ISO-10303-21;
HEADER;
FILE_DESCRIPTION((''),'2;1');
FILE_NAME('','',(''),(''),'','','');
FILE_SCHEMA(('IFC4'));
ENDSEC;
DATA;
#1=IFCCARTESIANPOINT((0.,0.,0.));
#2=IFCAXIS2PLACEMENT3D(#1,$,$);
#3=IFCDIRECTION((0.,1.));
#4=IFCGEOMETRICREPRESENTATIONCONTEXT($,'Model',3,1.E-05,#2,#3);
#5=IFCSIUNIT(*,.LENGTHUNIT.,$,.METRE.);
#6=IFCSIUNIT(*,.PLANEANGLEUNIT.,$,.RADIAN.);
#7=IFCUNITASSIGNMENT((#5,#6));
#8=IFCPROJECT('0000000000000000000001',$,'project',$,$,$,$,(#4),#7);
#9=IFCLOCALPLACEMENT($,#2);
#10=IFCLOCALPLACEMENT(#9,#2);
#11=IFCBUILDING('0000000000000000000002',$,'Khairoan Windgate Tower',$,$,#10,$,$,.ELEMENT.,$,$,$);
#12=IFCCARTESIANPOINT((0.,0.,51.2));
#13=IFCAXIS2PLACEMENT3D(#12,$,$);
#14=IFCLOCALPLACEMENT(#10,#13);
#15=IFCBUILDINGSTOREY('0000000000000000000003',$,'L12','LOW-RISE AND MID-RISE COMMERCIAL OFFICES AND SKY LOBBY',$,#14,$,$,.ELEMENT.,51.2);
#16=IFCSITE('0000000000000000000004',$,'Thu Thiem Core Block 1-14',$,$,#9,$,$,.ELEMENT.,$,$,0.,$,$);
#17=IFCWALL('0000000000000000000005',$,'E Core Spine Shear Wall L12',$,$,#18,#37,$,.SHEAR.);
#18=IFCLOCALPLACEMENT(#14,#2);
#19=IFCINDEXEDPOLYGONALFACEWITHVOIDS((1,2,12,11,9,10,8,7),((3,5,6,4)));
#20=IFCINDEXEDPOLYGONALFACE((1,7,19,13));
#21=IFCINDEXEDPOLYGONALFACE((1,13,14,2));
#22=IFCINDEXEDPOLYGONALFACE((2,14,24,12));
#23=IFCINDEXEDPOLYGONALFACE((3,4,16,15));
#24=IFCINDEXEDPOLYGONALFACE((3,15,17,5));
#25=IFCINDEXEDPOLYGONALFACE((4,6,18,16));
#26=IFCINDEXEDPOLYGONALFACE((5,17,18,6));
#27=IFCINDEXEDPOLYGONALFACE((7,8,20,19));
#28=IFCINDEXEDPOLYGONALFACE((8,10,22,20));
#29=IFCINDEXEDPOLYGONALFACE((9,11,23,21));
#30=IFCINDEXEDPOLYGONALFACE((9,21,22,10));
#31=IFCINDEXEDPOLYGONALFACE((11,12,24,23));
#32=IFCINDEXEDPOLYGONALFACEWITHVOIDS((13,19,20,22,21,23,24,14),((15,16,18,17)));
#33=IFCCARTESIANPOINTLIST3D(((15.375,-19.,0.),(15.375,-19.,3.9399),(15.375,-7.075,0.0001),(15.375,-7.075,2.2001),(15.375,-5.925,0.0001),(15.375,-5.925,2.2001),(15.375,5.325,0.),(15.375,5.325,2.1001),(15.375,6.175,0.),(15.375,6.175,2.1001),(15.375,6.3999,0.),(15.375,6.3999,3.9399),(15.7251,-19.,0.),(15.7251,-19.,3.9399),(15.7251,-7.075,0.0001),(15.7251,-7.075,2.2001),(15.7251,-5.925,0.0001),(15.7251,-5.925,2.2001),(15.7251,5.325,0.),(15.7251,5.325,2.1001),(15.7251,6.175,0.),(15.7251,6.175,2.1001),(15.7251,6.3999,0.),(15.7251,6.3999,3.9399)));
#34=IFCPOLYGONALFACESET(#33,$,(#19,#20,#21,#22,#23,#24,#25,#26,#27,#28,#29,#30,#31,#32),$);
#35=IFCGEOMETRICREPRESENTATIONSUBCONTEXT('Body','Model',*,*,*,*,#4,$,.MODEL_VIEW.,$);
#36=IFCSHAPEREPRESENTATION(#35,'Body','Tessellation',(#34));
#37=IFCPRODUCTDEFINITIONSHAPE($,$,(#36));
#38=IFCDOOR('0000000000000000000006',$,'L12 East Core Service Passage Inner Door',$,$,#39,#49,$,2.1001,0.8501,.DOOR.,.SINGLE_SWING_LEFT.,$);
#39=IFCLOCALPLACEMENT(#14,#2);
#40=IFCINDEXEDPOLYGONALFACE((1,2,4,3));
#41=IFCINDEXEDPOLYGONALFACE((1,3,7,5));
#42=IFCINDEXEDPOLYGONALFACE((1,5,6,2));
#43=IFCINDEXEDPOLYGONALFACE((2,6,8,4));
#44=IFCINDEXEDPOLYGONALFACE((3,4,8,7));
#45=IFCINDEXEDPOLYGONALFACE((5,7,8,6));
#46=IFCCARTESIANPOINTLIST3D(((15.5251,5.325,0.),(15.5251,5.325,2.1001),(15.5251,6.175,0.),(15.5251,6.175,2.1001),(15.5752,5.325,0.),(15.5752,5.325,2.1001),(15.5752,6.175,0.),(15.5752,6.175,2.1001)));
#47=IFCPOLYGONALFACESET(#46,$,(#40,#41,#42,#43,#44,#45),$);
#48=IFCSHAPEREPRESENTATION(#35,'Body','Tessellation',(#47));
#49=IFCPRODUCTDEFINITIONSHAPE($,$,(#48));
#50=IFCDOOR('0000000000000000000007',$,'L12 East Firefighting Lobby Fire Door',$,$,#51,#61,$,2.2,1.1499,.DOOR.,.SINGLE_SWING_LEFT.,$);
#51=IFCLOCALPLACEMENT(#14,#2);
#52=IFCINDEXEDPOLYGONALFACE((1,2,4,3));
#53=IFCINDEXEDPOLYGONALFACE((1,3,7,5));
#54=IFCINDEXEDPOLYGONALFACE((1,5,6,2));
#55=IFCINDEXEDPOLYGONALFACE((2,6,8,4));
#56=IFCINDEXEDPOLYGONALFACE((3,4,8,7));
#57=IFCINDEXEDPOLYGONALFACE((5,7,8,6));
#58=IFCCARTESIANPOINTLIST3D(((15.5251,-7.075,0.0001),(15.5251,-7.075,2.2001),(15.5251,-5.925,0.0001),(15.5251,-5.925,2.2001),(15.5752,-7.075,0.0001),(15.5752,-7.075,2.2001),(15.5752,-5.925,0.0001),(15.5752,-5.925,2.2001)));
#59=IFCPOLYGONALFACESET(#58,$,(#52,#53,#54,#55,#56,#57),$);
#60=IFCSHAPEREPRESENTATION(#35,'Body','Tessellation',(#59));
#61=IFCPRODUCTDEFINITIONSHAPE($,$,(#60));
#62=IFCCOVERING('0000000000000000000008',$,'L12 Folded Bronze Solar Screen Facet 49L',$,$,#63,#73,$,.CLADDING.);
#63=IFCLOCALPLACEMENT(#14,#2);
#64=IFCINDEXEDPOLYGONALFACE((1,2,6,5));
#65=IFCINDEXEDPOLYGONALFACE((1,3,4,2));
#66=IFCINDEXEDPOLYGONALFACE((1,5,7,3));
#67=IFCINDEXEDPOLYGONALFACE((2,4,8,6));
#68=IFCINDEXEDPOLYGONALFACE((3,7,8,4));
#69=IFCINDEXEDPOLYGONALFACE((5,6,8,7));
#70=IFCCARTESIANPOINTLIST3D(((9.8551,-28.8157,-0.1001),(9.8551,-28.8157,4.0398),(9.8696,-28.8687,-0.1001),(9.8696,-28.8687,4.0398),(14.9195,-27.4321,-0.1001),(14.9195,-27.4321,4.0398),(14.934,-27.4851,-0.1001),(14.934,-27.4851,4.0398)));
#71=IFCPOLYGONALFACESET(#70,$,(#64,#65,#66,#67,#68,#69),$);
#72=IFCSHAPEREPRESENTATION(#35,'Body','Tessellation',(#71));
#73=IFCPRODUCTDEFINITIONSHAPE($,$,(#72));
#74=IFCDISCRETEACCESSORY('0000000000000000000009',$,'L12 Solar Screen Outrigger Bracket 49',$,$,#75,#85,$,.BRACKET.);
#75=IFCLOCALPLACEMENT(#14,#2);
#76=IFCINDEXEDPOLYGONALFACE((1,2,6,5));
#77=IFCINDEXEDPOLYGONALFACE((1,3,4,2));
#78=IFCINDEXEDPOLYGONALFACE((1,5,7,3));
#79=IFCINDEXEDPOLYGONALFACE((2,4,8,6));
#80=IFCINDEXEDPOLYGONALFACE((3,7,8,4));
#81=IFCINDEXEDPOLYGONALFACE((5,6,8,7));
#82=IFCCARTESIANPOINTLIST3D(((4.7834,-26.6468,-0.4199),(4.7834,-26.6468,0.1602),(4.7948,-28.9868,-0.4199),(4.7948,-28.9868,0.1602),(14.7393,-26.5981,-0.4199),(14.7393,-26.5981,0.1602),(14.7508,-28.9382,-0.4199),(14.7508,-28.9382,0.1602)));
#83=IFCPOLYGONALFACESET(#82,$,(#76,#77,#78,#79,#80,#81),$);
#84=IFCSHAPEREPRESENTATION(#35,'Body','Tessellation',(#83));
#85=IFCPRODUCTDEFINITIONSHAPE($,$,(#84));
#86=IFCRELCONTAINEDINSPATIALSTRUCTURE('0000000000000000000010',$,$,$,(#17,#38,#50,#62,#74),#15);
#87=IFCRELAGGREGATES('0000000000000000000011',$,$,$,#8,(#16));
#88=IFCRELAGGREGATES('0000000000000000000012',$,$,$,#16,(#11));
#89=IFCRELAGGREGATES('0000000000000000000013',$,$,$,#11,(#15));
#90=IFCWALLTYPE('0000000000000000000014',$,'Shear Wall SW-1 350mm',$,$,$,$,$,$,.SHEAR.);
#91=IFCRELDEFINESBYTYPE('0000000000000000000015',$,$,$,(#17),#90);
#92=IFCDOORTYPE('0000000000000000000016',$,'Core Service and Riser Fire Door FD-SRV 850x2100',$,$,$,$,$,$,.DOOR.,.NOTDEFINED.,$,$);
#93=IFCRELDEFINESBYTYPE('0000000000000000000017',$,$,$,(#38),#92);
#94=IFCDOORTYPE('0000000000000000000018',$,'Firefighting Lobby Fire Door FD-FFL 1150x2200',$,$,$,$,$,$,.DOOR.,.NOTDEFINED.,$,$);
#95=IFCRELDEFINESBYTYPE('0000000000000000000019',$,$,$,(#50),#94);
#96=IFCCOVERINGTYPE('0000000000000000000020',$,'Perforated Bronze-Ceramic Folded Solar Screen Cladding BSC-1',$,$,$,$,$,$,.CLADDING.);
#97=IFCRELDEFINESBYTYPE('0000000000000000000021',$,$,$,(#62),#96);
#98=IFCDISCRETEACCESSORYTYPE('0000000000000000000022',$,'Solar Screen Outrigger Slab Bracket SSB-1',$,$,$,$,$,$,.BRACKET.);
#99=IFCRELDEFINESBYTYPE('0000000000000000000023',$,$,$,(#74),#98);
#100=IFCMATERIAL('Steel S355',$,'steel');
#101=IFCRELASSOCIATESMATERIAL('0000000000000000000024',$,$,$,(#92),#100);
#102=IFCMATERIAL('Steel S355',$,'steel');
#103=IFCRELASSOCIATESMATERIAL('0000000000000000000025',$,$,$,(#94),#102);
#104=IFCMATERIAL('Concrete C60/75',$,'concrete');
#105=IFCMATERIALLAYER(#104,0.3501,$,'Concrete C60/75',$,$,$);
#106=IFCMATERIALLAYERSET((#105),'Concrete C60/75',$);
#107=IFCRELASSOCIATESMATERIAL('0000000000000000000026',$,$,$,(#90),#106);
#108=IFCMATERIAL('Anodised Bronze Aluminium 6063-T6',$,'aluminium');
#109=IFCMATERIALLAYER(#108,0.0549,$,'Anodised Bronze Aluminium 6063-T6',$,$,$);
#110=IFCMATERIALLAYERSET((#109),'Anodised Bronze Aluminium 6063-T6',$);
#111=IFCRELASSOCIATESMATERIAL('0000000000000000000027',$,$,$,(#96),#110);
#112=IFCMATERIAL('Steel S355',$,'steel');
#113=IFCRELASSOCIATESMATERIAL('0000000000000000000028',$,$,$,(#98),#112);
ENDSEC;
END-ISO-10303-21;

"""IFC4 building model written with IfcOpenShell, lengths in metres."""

from ifc_helpers import new_model, si_unit, direction, frame, frame_2d, origin, origin_2d, place, context, subcontext, project, spatial, rectangle, extrude, material, layer, layer_set, type_object, element, fill, save


model = new_model("IFC4")

# Units and contexts
model_context = context("Model", 3, precision=1e-05, world=origin(), true_north=direction((0.0, 1.0)))
body_context = subcontext(model_context, "Body", "Model", "MODEL_VIEW")
ifc_project = project(units=[si_unit("LENGTHUNIT", "METRE"), si_unit("PLANEANGLEUNIT", "RADIAN")], contexts=[model_context])

# Site, building, storey
site_placement = place(None, origin())
site = spatial("IfcSite", under=ifc_project, at=site_placement, Name="Thu Thiem Core Block 1-14", CompositionType="ELEMENT", RefElevation=0.0)
building_placement = place(site_placement, origin())
building = spatial("IfcBuilding", under=site, at=building_placement, Name="Khairoan Windgate Tower", CompositionType="ELEMENT")
storey_placement = place(building_placement, frame((0.0, 0.0, 51.2)))
storey = spatial("IfcBuildingStorey", under=building, at=storey_placement, Name="L12", Description="LOW-RISE AND MID-RISE COMMERCIAL OFFICES AND SKY LOBBY", CompositionType="ELEMENT", Elevation=51.2)

# Shared definitions
ifc_material_1 = material(Name="Steel S355", Category="steel")
door_type_1 = type_object("IfcDoorType", Name="Core Service and Riser Fire Door FD-SRV 850x2100", OperationType="NOTDEFINED", PredefinedType="DOOR", material=ifc_material_1)

# Shared definitions
ifc_material_2 = material(Name="Steel S355", Category="steel")
door_type_2 = type_object("IfcDoorType", Name="Firefighting Lobby Fire Door FD-FFL 1150x2200", OperationType="NOTDEFINED", PredefinedType="DOOR", material=ifc_material_2)

# Wall, openings, doors
ifc_material_3 = material(Name="Concrete C60/75", Category="concrete")
ifc_layer_1 = layer(ifc_material_3, 0.3501, Name="Concrete C60/75")
ifc_layer_set_1 = layer_set([ifc_layer_1], Name="Concrete C60/75")
wall_type_1 = type_object("IfcWallType", Name="Shear Wall SW-1 350mm", PredefinedType="SHEAR", material=ifc_layer_set_1)
wall_1_placement = place(storey_placement, frame((15.55, -19.0, 0.0), z_axis=(0.0, 0.0, 1.0), x_axis=(0.0, 1.0, 0.0)))
wall_1 = element("IfcWall", 1, at=wall_1_placement, inside=storey, type_object=wall_type_1, Name="E Core Spine Shear Wall L12", PredefinedType="SHEAR", context=body_context, shape_type="SweptSolid", body=[
    extrude(rectangle(XDim=25.3999, YDim=0.3501, at=frame_2d((12.7, 0.0))), origin(), (0.0, 0.0, 1.0), 3.9399),
])
opening_1_placement = place(wall_1_placement, frame((11.925, 0.0, 0.0)))
opening_1 = element("IfcOpeningElement", 2, at=opening_1_placement, cuts=wall_1, PredefinedType="OPENING", context=body_context, shape_type="SweptSolid", body=[
    extrude(rectangle(XDim=1.1499, YDim=2.2, at=frame_2d((0.575, 1.1001))), frame((0.0, 0.1851, 0.0), z_axis=(0.0, -1.0, 0.0), x_axis=(1.0, 0.0, 0.0)), (0.0, 0.0, 1.0), 0.3701),
])
opening_2_placement = place(wall_1_placement, frame((24.325, 0.0, 0.0)))
opening_2 = element("IfcOpeningElement", 3, at=opening_2_placement, cuts=wall_1, PredefinedType="OPENING", context=body_context, shape_type="SweptSolid", body=[
    extrude(rectangle(XDim=0.8501, YDim=2.1001, at=frame_2d((0.425, 1.05))), frame((0.0, 0.1851, 0.0), z_axis=(0.0, -1.0, 0.0), x_axis=(1.0, 0.0, 0.0)), (0.0, 0.0, 1.0), 0.3701),
])
door_1_placement = place(opening_2_placement, origin())
door_1 = element("IfcDoor", 4, at=door_1_placement, inside=storey, type_object=door_type_1, Name="L12 East Core Service Passage Inner Door", OperationType="SINGLE_SWING_LEFT", OverallHeight=2.1001, OverallWidth=0.8501, PredefinedType="DOOR", context=body_context, shape_type="SweptSolid", body=[
    extrude(rectangle(XDim=0.8501, YDim=2.1001, at=frame_2d((0.425, 1.05))), frame((0.0, 0.0249, 0.0), z_axis=(0.0, -1.0, 0.0), x_axis=(1.0, 0.0, 0.0)), (0.0, 0.0, 1.0), 0.05),
])
fill(opening_2, door_1)
door_2_placement = place(opening_1_placement, origin())
door_2 = element("IfcDoor", 5, at=door_2_placement, inside=storey, type_object=door_type_2, Name="L12 East Firefighting Lobby Fire Door", OperationType="SINGLE_SWING_LEFT", OverallHeight=2.2, OverallWidth=1.1499, PredefinedType="DOOR", context=body_context, shape_type="SweptSolid", body=[
    extrude(rectangle(XDim=1.1499, YDim=2.2, at=frame_2d((0.575, 1.1001))), frame((0.0, 0.0249, 0.0), z_axis=(0.0, -1.0, 0.0), x_axis=(1.0, 0.0, 0.0)), (0.0, 0.0, 1.0), 0.05),
])
fill(opening_1, door_2)

# Covering
ifc_material_4 = material(Name="Anodised Bronze Aluminium 6063-T6", Category="aluminium")
ifc_layer_2 = layer(ifc_material_4, 0.0549, Name="Anodised Bronze Aluminium 6063-T6")
ifc_layer_set_2 = layer_set([ifc_layer_2], Name="Anodised Bronze Aluminium 6063-T6")
covering_type = type_object("IfcCoveringType", Name="Perforated Bronze-Ceramic Folded Solar Screen Cladding BSC-1", PredefinedType="CLADDING", material=ifc_layer_set_2)
covering_placement = place(storey_placement, frame((12.3945, -28.1504, -0.1001), z_axis=(0.0, 0.0, 1.0), x_axis=(-0.964649, -0.263536, 0.0)))
element("IfcCovering", 6, at=covering_placement, inside=storey, type_object=covering_type, Name="L12 Folded Bronze Solar Screen Facet 49L", PredefinedType="CLADDING", context=body_context, shape_type="SweptSolid", body=[
    extrude(rectangle(XDim=5.25, YDim=0.0549, at=origin_2d()), origin(), (0.0, 0.0, 1.0), 4.1399),
])

# Discrete accessory
ifc_material_5 = material(Name="Steel S355", Category="steel")
discrete_accessory_type = type_object("IfcDiscreteAccessoryType", Name="Solar Screen Outrigger Slab Bracket SSB-1", PredefinedType="BRACKET", material=ifc_material_5)
discrete_accessory_placement = place(storey_placement, frame((9.7671, -27.7925, -0.4199), z_axis=(0.0, 0.0, 1.0), x_axis=(-0.999988, -0.004887, 0.0)))
element("IfcDiscreteAccessory", 7, at=discrete_accessory_placement, inside=storey, type_object=discrete_accessory_type, Name="L12 Solar Screen Outrigger Bracket 49", PredefinedType="BRACKET", context=body_context, shape_type="SweptSolid", body=[
    extrude(rectangle(XDim=9.9561, YDim=2.3401, at=origin_2d()), origin(), (0.0, 0.0, 1.0), 0.5801),
])

save(model, "model.ifc")
